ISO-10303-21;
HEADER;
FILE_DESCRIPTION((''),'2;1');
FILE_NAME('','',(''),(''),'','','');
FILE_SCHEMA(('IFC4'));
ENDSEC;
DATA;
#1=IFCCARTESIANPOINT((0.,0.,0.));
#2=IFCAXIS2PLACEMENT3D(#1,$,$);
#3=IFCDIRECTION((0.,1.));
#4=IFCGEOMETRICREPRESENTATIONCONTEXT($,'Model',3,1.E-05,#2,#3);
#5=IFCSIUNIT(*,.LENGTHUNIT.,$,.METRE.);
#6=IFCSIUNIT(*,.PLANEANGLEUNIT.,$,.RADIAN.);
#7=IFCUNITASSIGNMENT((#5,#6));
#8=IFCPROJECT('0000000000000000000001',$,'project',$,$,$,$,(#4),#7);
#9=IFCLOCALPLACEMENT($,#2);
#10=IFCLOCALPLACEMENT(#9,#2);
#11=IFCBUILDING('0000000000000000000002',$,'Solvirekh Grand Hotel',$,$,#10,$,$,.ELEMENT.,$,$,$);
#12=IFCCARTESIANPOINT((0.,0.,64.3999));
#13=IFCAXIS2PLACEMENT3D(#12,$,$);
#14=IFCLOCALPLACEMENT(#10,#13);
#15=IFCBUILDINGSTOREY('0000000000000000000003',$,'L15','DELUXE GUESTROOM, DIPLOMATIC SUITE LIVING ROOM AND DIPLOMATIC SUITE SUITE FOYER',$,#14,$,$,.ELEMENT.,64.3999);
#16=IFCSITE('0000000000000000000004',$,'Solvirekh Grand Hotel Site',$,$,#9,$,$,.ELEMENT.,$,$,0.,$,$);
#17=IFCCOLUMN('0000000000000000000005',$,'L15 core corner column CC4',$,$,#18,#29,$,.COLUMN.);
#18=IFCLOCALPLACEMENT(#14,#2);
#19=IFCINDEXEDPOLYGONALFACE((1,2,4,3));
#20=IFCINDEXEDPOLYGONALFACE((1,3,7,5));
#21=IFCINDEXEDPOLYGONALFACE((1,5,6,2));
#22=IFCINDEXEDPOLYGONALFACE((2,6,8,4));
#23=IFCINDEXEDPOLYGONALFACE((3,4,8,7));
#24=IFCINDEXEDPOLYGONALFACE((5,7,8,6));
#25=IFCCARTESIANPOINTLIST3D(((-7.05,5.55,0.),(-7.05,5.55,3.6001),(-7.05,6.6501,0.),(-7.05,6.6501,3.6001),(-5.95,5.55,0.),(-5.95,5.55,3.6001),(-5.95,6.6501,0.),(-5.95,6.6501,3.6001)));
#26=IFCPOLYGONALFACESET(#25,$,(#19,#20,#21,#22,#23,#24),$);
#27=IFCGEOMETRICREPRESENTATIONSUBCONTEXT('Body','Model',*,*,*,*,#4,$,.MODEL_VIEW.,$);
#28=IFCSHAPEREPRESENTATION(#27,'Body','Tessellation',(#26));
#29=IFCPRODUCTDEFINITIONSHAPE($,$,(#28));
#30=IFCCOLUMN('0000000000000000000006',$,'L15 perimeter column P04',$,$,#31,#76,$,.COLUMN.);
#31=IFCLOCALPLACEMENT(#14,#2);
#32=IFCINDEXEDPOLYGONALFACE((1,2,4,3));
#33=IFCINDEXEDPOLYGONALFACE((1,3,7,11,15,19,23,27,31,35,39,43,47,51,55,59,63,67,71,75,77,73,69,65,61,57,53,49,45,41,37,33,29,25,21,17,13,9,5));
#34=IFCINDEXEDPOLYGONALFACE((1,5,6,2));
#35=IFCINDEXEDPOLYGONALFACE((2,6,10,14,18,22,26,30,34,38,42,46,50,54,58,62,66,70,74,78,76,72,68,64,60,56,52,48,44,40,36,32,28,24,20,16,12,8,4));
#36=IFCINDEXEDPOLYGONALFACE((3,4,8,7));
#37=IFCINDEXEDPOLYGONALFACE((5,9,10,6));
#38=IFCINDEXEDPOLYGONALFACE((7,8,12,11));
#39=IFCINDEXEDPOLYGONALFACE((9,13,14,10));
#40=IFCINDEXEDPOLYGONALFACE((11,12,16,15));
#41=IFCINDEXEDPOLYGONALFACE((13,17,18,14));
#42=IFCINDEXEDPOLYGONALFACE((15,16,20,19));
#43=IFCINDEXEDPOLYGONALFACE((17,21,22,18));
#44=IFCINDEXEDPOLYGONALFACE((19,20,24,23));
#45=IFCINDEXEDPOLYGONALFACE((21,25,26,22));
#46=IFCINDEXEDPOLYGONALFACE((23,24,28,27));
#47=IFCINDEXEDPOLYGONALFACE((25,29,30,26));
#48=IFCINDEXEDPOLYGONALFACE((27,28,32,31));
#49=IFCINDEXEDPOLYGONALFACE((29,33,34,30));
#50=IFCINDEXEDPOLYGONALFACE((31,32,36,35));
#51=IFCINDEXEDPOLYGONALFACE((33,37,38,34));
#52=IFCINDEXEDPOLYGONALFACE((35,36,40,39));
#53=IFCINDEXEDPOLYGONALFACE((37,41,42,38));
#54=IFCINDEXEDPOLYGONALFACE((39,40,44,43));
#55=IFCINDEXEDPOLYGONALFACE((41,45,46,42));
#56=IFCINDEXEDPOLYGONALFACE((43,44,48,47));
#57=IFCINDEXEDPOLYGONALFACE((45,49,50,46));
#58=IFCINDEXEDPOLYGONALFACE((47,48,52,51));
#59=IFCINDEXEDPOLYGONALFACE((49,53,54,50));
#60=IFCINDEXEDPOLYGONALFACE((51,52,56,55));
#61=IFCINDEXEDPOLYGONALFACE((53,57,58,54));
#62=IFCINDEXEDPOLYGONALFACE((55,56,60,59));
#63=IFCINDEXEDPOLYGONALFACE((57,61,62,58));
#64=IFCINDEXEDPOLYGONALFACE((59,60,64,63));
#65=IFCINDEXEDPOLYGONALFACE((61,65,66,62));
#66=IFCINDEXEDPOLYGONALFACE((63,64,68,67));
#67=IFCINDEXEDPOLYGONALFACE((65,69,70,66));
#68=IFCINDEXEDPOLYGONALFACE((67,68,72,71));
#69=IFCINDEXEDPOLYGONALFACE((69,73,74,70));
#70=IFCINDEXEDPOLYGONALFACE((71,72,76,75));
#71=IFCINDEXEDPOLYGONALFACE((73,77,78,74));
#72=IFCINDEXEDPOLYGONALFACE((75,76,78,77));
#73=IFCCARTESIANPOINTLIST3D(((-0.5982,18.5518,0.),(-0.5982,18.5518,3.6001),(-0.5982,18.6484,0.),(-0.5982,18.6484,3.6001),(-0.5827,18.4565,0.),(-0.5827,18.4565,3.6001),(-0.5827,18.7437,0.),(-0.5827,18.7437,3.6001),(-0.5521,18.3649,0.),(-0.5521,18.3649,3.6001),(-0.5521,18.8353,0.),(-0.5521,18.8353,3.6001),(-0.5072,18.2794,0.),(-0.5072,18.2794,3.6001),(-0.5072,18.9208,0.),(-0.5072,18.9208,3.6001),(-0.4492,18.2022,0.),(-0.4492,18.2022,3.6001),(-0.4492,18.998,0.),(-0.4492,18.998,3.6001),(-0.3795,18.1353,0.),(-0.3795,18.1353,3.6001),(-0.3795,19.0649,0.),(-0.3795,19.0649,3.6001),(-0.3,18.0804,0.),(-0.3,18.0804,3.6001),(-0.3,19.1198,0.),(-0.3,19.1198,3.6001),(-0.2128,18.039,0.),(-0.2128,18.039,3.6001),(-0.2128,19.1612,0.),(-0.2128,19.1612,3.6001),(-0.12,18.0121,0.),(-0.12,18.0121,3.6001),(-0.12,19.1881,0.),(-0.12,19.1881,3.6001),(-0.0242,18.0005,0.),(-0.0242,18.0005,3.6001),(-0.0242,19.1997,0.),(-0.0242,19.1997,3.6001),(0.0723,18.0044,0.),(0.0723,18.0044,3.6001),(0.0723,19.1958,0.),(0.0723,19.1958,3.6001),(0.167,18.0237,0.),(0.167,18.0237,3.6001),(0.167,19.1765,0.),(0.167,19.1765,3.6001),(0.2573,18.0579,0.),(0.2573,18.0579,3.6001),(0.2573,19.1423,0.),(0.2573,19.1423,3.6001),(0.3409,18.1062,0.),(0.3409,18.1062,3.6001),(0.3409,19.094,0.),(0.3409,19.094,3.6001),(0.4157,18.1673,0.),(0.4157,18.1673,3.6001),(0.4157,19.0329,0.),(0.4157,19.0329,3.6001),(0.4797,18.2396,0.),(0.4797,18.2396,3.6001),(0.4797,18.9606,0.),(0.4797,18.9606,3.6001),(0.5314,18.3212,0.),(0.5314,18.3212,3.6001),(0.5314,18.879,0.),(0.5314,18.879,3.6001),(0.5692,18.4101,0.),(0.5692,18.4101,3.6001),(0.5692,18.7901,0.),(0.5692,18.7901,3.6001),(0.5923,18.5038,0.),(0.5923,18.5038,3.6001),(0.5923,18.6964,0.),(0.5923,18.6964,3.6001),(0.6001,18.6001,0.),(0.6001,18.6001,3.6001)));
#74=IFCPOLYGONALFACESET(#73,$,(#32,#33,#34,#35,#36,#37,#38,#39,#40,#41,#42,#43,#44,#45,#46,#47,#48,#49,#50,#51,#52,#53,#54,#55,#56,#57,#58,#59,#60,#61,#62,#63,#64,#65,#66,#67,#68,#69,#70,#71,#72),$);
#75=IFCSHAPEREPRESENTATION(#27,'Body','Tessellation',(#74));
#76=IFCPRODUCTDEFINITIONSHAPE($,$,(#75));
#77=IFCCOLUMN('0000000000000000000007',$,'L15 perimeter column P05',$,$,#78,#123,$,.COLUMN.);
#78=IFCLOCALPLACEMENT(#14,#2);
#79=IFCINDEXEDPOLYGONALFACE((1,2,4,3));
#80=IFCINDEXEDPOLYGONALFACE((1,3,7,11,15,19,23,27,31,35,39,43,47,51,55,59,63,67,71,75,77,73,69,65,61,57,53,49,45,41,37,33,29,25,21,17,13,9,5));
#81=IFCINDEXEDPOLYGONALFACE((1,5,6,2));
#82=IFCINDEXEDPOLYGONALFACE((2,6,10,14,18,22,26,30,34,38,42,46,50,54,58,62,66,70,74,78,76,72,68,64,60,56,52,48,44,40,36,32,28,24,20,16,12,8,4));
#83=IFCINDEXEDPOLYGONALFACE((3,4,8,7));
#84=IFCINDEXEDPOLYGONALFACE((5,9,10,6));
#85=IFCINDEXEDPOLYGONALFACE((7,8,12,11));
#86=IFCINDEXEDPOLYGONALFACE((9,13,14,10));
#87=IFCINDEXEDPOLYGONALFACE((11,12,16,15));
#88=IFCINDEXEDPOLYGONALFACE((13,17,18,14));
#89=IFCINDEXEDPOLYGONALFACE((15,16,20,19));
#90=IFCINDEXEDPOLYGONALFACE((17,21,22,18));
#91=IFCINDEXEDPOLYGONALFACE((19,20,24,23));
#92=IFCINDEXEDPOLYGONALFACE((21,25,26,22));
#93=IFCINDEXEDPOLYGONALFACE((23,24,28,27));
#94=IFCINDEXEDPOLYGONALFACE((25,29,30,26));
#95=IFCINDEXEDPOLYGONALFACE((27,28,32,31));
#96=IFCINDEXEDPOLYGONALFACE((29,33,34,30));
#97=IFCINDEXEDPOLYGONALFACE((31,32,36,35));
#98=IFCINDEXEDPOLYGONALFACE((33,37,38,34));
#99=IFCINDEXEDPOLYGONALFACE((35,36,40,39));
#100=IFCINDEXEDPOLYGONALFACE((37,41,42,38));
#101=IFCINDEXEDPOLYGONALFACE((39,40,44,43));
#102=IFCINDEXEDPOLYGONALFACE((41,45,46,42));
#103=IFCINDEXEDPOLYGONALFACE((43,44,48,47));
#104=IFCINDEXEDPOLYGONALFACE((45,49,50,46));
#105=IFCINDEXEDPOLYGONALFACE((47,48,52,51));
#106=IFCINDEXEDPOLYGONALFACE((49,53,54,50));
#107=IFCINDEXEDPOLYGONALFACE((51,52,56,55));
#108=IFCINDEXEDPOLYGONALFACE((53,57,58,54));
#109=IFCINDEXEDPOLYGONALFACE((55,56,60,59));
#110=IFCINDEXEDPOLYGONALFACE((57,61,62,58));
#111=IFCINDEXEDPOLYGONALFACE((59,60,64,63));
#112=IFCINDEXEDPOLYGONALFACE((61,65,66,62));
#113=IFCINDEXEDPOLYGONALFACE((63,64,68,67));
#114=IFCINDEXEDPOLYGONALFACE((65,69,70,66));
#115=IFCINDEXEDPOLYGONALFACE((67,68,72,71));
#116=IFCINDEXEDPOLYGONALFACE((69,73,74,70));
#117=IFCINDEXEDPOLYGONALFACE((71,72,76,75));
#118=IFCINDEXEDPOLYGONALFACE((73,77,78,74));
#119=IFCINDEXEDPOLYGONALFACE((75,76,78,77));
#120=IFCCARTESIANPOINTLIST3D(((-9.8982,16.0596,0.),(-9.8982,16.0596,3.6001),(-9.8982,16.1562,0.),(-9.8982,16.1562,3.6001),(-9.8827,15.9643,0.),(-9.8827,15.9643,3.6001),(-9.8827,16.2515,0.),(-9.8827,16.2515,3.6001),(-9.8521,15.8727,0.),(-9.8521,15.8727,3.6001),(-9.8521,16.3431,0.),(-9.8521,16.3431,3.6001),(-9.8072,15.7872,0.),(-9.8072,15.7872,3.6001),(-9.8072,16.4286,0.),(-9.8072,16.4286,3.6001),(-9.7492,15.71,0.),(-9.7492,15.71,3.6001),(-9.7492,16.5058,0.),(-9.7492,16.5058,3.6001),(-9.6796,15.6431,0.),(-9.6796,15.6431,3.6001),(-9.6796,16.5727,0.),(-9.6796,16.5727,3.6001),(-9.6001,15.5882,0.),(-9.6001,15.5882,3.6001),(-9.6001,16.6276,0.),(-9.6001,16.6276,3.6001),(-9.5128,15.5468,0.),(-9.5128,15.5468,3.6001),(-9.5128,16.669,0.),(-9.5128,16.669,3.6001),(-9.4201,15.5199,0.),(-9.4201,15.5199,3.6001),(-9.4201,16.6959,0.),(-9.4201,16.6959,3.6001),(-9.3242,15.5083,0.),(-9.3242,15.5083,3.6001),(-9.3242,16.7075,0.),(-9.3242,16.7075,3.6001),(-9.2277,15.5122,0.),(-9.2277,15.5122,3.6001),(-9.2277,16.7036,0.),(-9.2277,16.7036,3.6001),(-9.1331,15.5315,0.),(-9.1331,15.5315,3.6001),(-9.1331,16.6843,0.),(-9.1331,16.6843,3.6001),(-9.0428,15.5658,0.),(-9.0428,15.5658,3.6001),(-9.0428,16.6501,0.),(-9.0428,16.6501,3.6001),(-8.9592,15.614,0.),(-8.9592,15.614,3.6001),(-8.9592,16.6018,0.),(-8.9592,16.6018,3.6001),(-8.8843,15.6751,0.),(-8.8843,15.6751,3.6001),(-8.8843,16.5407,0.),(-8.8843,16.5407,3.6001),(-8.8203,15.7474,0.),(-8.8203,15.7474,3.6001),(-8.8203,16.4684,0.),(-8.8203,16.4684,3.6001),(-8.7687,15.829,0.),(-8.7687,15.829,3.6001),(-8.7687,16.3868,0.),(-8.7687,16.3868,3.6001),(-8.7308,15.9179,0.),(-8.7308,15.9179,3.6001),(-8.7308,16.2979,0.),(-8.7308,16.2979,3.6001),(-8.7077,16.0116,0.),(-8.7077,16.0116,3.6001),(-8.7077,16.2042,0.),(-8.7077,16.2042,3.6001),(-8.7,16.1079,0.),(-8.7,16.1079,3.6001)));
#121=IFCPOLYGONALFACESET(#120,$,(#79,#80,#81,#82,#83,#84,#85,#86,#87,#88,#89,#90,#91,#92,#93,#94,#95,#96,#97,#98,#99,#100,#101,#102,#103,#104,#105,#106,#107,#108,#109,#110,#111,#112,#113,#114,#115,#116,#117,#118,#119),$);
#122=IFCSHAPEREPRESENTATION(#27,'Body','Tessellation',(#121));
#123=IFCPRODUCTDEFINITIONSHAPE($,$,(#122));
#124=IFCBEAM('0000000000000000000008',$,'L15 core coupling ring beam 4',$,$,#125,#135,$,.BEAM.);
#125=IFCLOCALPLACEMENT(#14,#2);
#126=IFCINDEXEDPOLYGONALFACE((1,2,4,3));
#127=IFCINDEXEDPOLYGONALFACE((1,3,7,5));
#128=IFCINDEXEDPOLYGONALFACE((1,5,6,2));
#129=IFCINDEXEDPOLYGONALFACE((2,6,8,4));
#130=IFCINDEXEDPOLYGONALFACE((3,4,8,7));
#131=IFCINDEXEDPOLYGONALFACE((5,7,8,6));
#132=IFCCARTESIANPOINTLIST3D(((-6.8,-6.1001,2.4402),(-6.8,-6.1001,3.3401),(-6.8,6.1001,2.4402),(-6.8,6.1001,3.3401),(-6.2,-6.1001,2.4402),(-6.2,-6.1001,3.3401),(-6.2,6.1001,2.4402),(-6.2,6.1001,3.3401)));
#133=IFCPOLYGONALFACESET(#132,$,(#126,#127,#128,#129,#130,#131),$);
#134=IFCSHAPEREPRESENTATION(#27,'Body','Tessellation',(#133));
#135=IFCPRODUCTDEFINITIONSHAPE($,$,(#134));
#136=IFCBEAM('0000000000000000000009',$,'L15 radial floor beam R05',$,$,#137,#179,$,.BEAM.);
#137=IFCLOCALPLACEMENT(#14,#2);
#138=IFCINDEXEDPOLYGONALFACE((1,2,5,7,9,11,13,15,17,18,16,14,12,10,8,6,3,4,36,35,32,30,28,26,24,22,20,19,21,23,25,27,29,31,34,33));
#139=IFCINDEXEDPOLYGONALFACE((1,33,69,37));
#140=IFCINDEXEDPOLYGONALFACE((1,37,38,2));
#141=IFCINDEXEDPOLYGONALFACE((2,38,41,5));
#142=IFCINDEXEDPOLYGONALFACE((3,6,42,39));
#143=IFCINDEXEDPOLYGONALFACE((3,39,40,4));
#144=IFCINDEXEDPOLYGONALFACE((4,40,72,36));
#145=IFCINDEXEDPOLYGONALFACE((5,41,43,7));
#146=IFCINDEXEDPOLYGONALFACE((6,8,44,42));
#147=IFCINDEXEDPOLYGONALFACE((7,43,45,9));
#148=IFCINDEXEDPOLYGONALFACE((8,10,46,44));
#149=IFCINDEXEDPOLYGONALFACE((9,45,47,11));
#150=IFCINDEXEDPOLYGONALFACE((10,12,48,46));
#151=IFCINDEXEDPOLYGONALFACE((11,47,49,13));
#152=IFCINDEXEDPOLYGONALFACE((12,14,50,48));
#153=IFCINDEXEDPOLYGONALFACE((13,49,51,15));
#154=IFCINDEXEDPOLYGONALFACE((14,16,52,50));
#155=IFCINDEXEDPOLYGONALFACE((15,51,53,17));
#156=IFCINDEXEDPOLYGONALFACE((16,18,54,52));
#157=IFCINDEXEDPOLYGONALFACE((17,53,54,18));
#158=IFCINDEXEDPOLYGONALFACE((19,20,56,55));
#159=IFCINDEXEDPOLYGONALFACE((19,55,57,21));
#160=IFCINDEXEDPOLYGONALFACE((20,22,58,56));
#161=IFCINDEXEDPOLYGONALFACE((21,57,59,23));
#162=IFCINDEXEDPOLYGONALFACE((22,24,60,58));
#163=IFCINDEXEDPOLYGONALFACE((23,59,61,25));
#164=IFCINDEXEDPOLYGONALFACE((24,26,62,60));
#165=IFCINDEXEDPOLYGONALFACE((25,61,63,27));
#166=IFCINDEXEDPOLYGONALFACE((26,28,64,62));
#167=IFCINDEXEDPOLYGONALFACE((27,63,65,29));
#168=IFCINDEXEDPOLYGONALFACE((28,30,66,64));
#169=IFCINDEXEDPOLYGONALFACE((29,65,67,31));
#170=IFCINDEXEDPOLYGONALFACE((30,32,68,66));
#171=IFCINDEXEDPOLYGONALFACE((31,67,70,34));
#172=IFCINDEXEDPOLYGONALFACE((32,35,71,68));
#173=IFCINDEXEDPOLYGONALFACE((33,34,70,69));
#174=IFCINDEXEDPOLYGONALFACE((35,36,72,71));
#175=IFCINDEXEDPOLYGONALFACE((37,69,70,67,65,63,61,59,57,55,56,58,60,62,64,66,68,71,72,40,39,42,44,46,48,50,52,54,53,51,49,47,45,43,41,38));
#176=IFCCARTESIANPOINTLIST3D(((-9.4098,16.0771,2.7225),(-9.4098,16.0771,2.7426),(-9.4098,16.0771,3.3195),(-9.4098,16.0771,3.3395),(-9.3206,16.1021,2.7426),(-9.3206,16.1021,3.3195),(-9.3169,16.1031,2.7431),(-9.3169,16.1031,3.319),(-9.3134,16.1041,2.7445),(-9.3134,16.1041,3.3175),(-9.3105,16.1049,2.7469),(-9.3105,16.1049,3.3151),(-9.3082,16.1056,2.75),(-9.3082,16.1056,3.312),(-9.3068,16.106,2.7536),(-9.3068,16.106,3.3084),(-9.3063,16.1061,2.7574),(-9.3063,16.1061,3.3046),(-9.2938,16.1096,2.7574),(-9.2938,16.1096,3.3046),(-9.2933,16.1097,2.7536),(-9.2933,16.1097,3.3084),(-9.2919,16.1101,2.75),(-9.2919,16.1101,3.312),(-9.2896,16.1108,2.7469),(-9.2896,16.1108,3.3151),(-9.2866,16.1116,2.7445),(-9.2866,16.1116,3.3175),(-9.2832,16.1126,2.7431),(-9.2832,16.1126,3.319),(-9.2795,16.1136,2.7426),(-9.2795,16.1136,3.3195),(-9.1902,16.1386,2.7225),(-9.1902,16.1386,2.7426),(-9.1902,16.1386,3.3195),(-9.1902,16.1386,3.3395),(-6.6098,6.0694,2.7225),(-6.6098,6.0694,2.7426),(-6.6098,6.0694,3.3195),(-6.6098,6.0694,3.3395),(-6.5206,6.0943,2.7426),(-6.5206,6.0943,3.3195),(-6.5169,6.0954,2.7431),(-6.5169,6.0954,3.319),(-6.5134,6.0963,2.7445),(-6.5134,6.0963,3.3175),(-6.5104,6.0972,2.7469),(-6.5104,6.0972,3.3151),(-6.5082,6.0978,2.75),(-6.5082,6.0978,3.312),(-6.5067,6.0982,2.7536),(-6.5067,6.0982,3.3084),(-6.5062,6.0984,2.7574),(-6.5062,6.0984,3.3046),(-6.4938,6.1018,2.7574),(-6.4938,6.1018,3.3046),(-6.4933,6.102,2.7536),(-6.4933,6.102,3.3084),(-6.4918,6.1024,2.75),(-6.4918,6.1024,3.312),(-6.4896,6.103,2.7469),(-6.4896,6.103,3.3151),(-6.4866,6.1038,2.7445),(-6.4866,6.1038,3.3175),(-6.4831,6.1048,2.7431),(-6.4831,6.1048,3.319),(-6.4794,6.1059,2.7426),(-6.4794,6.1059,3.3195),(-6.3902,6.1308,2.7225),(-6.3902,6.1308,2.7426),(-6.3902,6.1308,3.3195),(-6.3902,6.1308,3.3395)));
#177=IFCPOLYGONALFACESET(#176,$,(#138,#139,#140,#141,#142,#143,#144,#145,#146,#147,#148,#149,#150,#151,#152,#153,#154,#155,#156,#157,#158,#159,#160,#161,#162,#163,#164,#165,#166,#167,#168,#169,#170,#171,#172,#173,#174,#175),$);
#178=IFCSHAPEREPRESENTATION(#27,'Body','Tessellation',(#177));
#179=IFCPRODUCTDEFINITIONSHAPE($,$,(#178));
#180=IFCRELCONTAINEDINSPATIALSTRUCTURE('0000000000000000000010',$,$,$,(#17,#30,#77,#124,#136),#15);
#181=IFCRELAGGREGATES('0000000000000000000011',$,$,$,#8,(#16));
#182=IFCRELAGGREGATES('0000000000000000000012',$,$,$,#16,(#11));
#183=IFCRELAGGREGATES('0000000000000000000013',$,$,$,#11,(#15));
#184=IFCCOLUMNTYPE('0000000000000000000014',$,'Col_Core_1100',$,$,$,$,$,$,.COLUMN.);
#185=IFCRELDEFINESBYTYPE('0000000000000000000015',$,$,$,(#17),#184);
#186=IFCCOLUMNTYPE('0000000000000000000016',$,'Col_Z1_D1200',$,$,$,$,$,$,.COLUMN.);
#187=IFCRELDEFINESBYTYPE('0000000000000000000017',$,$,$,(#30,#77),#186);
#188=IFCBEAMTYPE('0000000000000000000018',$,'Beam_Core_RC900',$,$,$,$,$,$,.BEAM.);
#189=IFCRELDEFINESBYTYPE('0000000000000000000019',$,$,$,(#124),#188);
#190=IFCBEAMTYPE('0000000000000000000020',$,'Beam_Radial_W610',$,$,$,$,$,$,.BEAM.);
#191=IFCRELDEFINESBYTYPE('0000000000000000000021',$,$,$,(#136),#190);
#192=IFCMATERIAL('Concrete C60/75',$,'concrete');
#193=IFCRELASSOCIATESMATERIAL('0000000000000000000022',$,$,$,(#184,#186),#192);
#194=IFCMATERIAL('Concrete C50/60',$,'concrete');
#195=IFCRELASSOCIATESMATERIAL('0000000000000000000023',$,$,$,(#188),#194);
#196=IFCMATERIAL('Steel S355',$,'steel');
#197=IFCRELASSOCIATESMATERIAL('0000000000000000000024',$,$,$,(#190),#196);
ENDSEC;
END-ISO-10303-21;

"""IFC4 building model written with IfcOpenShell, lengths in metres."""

from ifc_helpers import new_model, si_unit, direction, frame, origin, origin_2d, place, context, subcontext, project, spatial, rectangle, circle, i_section, extrude, material, material_profile, profile_set, type_object, element, save


model = new_model("IFC4")

# Units and contexts
model_context = context("Model", 3, precision=1e-05, world=origin(), true_north=direction((0.0, 1.0)))
body_context = subcontext(model_context, "Body", "Model", "MODEL_VIEW")
ifc_project = project(units=[si_unit("LENGTHUNIT", "METRE"), si_unit("PLANEANGLEUNIT", "RADIAN")], contexts=[model_context])

# Site, building, storey
site_placement = place(None, origin())
site = spatial("IfcSite", under=ifc_project, at=site_placement, Name="Solvirekh Grand Hotel Site", CompositionType="ELEMENT", RefElevation=0.0)
building_placement = place(site_placement, origin())
building = spatial("IfcBuilding", under=site, at=building_placement, Name="Solvirekh Grand Hotel", CompositionType="ELEMENT")
storey_placement = place(building_placement, frame((0.0, 0.0, 64.3999)))
storey = spatial("IfcBuildingStorey", under=building, at=storey_placement, Name="L15", Description="DELUXE GUESTROOM, DIPLOMATIC SUITE LIVING ROOM AND DIPLOMATIC SUITE SUITE FOYER", CompositionType="ELEMENT", Elevation=64.3999)

# Columns
ifc_material_1 = material(Name="Concrete C60/75", Category="concrete")
ifc_material_profile_1 = material_profile(ifc_material_1, rectangle(XDim=1.1001, YDim=1.1001, at=origin_2d()), Name="RC 1100X1100")
ifc_profile_set_1 = profile_set([ifc_material_profile_1], Name="Concrete C60/75")
column_type_1 = type_object("IfcColumnType", Name="Col_Core_1100", PredefinedType="COLUMN", material=ifc_profile_set_1)
column_placement = place(storey_placement, frame((-6.5, 6.1001, 0.0), z_axis=(0.0, 0.0, 1.0), x_axis=(1.0, 0.0, 0.0)))
element("IfcColumn", 1, at=column_placement, inside=storey, type_object=column_type_1, Name="L15 core corner column CC4", PredefinedType="COLUMN", context=body_context, shape_type="SweptSolid", body=[
    extrude(rectangle(XDim=1.1001, YDim=1.1001, at=origin_2d()), origin(), (0.0, 0.0, 1.0), 3.6001),
])
ifc_material_profile_2 = material_profile(ifc_material_1, circle(Radius=0.6001, at=origin_2d()), Name="RC CIRC D1200")
ifc_profile_set_2 = profile_set([ifc_material_profile_2], Name="Concrete C60/75")
column_type_2 = type_object("IfcColumnType", Name="Col_Z1_D1200", PredefinedType="COLUMN", material=ifc_profile_set_2)
for number, where, z_axis, x_axis, name in (
    (2, (0.0, 18.6001, 0.0), (0.0, 0.0, 1.0), (1.0, 0.0, 0.0), "L15 perimeter column P04"),
    (3, (-9.3, 16.1079, 0.0), (0.0, 0.0, 1.0), (1.0, 0.0, 0.0), "L15 perimeter column P05"),
):
    element("IfcColumn", number, at=place(storey_placement, frame(where, z_axis=z_axis, x_axis=x_axis)), inside=storey, type_object=column_type_2, Name=name, PredefinedType="COLUMN", context=body_context, shape_type="SweptSolid", body=[
        extrude(circle(Radius=0.6001, at=origin_2d()), origin(), (0.0, 0.0, 1.0), 3.6001),
    ])

# Beams
ifc_material_2 = material(Name="Concrete C50/60", Category="concrete")
ifc_material_profile_3 = material_profile(ifc_material_2, rectangle(XDim=0.6001, YDim=0.8999, at=origin_2d()), Name="RC BEAM 600X900")
ifc_profile_set_3 = profile_set([ifc_material_profile_3], Name="Concrete C50/60")
beam_type_1 = type_object("IfcBeamType", Name="Beam_Core_RC900", PredefinedType="BEAM", material=ifc_profile_set_3)
beam_1_placement = place(storey_placement, frame((-6.5, 6.1001, 2.8901), z_axis=(0.0, -1.0, 0.0), x_axis=(1.0, 0.0, 0.0)))
element("IfcBeam", 4, at=beam_1_placement, inside=storey, type_object=beam_type_1, Name="L15 core coupling ring beam 4", PredefinedType="BEAM", context=body_context, shape_type="SweptSolid", body=[
    extrude(rectangle(XDim=0.6001, YDim=0.8999, at=origin_2d()), origin(), (0.0, 0.0, 1.0), 12.2002),
])
ifc_material_3 = material(Name="Steel S355", Category="steel")
ifc_material_profile_4 = material_profile(ifc_material_3, i_section(OverallWidth=0.228, OverallDepth=0.6169, WebThickness=0.0129, FlangeThickness=0.02, FilletRadius=0.0149, at=origin_2d()), Name="W610X140")
ifc_profile_set_4 = profile_set([ifc_material_profile_4], Name="Steel S355")
beam_type_2 = type_object("IfcBeamType", Name="Beam_Radial_W610", PredefinedType="BEAM", material=ifc_profile_set_4)
beam_2_placement = place(storey_placement, frame((-6.5, 6.1001, 3.031), z_axis=(-0.269439, 0.963017, 0.0), x_axis=(-0.963017, -0.269439, 0.0)))
element("IfcBeam", 5, at=beam_2_placement, inside=storey, type_object=beam_type_2, Name="L15 radial floor beam R05", PredefinedType="BEAM", context=body_context, shape_type="SweptSolid", body=[
    extrude(i_section(OverallWidth=0.228, OverallDepth=0.6169, WebThickness=0.0129, FlangeThickness=0.02, FilletRadius=0.0149, at=origin_2d()), origin(), (0.0, 0.0, 1.0), 10.3921),
])

save(model, "model.ifc")
